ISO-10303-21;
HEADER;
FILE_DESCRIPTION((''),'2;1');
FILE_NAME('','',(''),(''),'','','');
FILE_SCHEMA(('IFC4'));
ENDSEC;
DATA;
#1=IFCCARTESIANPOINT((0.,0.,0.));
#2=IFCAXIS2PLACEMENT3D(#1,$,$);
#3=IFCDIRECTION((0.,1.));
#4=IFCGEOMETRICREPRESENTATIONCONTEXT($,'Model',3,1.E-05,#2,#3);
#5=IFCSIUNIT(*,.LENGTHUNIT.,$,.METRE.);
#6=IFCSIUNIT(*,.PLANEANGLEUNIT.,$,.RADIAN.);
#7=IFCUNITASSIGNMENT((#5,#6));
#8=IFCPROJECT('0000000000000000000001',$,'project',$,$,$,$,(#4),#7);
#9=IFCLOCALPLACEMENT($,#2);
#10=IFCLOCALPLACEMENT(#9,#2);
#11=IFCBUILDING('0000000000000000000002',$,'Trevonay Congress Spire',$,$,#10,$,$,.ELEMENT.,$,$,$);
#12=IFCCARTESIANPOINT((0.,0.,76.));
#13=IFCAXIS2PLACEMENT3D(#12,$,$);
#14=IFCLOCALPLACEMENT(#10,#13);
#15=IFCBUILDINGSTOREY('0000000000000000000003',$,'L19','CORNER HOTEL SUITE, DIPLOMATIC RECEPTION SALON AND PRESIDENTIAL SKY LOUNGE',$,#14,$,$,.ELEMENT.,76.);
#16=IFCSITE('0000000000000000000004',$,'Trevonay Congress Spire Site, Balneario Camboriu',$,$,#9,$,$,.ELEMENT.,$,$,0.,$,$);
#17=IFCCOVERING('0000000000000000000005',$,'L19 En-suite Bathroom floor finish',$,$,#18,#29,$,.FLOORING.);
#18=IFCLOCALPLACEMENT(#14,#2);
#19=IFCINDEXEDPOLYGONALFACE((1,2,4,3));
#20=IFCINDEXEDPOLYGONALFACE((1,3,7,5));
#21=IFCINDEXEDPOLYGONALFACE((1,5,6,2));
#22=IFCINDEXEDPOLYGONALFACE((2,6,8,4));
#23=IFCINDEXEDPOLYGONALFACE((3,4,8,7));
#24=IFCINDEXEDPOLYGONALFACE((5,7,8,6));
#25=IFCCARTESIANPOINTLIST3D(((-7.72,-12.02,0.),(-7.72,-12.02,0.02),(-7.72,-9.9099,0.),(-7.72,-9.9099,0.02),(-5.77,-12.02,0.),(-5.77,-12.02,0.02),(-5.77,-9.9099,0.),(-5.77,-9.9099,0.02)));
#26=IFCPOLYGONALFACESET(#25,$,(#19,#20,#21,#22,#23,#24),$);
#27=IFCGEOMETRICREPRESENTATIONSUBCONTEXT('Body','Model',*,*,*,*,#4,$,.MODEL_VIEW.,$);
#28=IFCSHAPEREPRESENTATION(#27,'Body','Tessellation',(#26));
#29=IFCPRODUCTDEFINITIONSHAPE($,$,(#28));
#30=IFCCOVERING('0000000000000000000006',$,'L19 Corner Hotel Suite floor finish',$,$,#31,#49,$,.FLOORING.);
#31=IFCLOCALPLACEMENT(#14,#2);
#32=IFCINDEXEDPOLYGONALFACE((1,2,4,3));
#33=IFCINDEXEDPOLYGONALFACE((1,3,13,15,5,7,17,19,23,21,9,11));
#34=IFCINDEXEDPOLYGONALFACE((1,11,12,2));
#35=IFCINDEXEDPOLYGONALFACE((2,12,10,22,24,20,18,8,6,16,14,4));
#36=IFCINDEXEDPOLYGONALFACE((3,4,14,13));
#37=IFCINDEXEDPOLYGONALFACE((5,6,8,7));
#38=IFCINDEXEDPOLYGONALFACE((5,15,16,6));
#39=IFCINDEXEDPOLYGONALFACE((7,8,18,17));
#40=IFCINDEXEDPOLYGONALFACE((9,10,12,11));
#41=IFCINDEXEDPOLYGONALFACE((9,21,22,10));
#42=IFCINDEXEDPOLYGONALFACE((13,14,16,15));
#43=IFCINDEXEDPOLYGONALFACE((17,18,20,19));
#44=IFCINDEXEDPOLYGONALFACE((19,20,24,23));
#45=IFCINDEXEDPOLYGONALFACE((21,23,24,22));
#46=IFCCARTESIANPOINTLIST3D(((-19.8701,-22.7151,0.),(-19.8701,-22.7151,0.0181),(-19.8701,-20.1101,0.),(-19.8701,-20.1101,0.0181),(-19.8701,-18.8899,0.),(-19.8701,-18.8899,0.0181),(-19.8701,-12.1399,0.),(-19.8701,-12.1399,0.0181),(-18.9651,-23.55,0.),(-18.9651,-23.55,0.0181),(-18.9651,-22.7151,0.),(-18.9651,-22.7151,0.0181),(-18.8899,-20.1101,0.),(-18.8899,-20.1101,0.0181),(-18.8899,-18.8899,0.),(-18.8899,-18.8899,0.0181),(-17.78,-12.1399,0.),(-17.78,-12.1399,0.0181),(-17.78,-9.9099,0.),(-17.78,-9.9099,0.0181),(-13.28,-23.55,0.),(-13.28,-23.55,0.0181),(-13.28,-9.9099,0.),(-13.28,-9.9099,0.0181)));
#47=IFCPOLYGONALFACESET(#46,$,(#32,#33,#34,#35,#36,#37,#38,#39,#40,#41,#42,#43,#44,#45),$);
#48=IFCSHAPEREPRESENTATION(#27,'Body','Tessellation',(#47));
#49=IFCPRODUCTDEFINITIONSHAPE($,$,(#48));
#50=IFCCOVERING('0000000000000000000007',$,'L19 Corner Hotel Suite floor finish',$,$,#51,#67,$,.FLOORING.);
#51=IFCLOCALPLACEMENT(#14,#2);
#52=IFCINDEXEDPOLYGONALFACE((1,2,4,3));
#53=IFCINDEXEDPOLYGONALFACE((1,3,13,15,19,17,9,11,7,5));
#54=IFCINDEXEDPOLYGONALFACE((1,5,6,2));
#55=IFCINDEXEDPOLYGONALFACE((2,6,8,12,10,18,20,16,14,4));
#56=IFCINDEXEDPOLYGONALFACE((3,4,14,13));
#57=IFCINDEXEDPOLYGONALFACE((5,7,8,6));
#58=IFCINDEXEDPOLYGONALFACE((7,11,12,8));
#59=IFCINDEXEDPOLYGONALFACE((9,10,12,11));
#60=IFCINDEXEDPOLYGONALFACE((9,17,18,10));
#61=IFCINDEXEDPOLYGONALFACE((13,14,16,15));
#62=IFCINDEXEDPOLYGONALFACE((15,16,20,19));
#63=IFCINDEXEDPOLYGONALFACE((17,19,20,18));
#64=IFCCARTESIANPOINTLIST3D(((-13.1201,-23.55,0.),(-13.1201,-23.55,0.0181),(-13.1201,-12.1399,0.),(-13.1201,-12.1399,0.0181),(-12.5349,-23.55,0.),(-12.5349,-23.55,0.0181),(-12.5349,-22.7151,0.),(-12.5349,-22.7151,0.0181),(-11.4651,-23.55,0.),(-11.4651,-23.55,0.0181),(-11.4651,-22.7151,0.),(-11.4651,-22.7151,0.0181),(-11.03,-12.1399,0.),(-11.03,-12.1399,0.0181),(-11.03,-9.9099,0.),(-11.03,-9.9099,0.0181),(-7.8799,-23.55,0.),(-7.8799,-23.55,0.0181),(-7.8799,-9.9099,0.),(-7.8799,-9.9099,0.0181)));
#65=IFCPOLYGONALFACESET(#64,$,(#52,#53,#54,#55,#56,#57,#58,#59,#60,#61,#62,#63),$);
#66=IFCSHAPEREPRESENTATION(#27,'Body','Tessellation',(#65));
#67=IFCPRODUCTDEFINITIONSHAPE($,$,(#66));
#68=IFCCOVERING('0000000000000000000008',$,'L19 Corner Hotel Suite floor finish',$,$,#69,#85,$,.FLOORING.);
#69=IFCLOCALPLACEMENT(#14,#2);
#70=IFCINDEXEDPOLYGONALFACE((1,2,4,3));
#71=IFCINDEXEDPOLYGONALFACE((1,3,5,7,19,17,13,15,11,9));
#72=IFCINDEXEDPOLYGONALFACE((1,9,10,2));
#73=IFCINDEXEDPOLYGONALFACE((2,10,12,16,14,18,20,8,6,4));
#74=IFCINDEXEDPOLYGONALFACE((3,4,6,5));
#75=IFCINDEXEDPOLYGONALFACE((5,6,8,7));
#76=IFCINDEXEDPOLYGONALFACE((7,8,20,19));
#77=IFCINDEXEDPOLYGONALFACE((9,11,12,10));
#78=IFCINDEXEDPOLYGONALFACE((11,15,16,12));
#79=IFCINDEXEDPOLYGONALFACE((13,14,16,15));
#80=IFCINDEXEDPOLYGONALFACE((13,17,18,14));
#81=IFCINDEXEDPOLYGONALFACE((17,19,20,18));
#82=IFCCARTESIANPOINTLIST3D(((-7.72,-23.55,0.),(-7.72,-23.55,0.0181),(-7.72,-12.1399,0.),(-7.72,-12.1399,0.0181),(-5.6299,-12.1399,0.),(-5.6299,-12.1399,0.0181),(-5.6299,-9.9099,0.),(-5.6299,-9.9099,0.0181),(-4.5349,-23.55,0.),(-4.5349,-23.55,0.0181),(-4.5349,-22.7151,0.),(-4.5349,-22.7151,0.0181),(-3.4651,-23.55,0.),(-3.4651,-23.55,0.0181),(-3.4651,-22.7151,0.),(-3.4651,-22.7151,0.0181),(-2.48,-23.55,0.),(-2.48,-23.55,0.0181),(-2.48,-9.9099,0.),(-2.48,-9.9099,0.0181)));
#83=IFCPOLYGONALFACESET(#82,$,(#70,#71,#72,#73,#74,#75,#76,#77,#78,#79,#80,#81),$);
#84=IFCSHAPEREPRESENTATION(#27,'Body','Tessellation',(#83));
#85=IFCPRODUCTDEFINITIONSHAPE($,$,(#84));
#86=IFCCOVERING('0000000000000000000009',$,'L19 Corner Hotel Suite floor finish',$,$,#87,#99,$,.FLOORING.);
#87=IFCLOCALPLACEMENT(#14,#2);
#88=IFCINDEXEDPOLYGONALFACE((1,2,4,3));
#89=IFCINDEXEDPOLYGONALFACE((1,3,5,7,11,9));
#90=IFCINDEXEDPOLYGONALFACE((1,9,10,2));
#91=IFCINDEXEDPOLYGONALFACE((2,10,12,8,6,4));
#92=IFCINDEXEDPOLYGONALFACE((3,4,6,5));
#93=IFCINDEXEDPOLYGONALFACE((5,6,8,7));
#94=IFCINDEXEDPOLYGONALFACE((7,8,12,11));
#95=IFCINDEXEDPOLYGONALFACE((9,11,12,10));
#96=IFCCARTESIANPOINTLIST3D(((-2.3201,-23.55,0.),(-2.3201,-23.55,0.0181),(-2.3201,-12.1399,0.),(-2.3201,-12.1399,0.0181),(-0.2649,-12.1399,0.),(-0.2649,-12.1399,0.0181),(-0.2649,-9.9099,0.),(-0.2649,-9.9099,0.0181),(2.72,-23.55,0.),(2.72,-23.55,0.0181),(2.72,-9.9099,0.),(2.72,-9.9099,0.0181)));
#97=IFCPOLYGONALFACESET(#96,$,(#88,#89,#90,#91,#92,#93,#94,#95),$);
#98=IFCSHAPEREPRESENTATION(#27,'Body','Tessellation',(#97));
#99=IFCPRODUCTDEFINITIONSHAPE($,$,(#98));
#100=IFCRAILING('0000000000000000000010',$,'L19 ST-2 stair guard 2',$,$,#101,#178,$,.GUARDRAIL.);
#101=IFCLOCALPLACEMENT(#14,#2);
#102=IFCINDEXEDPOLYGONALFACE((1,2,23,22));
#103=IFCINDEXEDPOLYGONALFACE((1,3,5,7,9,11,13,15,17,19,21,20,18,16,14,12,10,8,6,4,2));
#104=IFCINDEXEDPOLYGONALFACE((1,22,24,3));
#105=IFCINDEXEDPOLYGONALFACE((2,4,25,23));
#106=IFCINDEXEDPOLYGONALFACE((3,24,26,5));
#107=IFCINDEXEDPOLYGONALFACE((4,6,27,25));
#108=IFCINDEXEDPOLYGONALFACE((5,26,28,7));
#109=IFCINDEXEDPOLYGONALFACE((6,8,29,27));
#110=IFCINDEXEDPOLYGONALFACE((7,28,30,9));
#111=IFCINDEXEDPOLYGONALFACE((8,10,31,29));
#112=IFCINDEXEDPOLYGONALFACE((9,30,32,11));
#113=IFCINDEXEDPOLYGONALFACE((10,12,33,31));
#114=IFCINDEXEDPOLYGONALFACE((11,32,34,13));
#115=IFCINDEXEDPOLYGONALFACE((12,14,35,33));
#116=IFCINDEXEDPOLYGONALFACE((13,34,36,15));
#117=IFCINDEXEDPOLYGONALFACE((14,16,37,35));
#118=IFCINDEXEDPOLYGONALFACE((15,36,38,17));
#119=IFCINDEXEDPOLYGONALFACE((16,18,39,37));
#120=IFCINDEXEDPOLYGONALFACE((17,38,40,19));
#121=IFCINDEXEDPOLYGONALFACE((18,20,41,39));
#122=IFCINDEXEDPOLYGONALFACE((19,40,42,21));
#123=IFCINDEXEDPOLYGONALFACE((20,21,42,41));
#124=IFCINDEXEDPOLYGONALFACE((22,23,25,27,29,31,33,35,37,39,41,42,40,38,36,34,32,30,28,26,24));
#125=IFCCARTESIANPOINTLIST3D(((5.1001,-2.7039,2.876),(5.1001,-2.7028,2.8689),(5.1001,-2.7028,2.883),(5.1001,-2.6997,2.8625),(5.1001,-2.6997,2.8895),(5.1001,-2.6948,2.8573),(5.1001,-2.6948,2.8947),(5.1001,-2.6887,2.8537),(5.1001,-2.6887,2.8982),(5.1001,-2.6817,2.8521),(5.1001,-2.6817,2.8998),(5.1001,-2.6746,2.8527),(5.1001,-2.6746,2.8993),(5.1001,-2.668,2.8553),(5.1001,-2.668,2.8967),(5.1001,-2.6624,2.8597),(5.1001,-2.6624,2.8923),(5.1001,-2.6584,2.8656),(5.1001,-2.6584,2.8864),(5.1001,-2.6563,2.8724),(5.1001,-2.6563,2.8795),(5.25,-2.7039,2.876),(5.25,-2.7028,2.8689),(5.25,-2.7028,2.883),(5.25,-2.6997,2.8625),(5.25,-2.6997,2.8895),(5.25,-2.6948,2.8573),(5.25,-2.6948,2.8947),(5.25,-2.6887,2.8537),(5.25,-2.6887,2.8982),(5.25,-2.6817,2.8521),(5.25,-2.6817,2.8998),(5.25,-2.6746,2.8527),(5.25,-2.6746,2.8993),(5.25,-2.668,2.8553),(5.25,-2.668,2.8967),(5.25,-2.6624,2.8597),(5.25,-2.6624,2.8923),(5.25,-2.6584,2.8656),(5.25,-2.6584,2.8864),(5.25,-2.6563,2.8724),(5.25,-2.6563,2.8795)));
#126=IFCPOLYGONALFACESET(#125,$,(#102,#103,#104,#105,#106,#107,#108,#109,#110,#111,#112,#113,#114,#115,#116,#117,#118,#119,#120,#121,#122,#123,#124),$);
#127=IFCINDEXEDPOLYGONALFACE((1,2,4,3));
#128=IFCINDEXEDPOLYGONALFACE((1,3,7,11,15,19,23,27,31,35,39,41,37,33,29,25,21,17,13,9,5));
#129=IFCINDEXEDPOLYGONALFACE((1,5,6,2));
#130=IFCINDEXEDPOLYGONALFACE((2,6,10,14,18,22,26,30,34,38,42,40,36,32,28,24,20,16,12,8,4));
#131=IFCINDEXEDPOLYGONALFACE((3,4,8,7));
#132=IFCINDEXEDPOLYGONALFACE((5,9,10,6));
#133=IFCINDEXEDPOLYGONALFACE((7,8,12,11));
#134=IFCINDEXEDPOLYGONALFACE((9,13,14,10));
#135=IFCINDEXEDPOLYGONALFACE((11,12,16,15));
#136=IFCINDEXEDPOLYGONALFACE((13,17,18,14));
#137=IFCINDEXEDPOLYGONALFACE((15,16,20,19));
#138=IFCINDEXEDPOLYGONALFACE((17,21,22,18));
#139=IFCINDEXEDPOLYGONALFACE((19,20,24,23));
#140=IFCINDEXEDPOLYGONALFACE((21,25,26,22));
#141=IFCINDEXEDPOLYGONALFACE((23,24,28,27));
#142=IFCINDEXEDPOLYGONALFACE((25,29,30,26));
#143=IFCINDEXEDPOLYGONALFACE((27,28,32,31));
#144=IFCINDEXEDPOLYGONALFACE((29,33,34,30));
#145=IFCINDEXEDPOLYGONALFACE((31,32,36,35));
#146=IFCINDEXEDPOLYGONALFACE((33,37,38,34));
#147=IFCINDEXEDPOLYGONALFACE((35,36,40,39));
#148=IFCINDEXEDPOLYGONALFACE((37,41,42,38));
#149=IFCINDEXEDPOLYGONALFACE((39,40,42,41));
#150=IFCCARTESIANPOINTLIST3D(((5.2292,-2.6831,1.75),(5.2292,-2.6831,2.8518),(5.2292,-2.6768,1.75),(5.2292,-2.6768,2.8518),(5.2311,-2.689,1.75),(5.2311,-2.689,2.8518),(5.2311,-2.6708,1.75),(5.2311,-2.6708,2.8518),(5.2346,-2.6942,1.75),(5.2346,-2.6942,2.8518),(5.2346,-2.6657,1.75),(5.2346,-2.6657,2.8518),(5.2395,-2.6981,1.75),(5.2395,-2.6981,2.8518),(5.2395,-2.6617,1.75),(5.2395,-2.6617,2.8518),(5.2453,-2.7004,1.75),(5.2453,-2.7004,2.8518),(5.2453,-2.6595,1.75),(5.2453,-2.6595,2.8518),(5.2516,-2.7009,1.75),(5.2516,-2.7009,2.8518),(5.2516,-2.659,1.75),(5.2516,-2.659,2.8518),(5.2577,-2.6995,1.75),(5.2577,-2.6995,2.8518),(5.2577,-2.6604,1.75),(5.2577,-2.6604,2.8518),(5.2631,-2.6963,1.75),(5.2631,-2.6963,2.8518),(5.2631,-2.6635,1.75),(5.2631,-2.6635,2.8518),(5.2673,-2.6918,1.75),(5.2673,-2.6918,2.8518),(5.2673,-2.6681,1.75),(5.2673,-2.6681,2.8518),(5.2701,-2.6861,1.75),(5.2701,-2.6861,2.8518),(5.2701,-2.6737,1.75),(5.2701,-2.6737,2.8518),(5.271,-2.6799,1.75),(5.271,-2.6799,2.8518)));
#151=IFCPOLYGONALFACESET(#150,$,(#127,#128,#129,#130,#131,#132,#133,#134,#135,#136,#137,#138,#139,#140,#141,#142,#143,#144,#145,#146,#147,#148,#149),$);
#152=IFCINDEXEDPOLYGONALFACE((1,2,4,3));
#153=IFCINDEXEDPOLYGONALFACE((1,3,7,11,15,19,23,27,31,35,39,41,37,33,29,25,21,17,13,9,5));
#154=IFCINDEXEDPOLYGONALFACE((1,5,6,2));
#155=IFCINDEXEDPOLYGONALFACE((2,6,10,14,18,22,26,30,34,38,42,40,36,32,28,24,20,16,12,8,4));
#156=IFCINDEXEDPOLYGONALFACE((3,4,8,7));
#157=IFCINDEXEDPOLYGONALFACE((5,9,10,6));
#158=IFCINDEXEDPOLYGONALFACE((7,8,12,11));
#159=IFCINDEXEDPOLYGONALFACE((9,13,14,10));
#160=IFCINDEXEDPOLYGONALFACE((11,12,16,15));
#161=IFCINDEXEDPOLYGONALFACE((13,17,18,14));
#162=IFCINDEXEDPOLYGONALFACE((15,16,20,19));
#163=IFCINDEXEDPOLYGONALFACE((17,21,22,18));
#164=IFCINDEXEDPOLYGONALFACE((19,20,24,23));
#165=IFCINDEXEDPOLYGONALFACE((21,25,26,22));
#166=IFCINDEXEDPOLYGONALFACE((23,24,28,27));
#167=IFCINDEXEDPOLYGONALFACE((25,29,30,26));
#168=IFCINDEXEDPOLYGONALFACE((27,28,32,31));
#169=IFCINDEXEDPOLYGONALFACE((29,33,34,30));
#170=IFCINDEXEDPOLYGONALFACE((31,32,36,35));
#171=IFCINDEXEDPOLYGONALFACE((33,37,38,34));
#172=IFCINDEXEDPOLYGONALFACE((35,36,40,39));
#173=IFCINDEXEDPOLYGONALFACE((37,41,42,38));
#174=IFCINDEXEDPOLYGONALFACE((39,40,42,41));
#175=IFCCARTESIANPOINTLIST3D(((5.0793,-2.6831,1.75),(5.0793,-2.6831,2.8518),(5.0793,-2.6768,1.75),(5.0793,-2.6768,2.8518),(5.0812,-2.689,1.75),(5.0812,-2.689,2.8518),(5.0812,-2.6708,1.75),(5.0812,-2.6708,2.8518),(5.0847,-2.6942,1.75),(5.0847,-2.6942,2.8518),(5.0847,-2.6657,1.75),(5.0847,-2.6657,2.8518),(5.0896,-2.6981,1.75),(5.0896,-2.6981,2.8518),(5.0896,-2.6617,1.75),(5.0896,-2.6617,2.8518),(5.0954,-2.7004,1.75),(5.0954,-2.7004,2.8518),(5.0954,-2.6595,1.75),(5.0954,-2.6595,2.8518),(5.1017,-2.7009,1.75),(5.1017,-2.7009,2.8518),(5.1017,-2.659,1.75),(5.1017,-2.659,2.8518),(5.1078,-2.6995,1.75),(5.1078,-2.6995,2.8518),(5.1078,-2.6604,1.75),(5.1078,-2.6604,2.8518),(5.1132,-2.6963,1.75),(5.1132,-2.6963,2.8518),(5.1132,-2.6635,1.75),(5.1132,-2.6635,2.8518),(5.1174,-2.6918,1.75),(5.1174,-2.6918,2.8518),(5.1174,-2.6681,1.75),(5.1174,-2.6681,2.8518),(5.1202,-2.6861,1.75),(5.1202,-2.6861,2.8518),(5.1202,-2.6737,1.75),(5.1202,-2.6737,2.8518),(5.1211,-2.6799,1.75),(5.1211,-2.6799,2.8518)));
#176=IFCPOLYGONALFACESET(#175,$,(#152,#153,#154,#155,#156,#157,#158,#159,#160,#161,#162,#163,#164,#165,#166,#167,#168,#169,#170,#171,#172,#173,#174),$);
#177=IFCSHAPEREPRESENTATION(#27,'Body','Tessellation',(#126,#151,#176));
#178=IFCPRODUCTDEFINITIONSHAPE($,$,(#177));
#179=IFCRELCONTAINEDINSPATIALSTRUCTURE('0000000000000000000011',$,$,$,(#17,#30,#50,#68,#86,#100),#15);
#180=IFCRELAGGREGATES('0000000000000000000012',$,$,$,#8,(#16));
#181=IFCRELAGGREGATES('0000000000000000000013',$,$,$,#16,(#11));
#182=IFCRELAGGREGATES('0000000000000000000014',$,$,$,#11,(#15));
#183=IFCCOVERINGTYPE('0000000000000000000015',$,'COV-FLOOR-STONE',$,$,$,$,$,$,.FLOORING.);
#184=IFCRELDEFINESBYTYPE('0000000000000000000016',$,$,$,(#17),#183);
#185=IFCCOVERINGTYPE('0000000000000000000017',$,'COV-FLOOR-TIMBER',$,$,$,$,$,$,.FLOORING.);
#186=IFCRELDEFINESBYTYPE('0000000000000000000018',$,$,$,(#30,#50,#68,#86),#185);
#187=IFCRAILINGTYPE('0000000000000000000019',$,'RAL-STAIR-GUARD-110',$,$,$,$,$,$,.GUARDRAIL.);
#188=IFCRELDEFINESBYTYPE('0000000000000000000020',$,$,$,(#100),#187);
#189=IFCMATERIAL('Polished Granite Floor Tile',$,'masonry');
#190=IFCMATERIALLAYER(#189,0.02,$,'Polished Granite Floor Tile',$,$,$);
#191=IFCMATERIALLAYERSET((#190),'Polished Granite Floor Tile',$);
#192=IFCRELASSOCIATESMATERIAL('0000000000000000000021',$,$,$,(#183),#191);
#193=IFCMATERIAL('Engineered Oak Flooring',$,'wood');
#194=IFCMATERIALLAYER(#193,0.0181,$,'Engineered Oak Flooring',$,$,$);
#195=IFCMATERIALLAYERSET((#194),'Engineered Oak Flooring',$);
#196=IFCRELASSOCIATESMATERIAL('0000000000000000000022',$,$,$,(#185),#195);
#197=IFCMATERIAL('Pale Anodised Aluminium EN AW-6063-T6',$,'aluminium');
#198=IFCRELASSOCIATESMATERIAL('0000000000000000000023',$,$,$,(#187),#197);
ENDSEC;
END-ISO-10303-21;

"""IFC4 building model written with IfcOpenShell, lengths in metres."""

from ifc_helpers import new_model, si_unit, direction, frame, origin, origin_2d, place, context, subcontext, project, spatial, polyline, circle, outline, extrude, material, layer, layer_set, type_object, element, save


model = new_model("IFC4")

# Units and contexts
model_context = context("Model", 3, precision=1e-05, world=origin(), true_north=direction((0.0, 1.0)))
body_context = subcontext(model_context, "Body", "Model", "MODEL_VIEW")
ifc_project = project(units=[si_unit("LENGTHUNIT", "METRE"), si_unit("PLANEANGLEUNIT", "RADIAN")], contexts=[model_context])

# Site, building, storey
site_placement = place(None, origin())
site = spatial("IfcSite", under=ifc_project, at=site_placement, Name="Trevonay Congress Spire Site, Balneario Camboriu", CompositionType="ELEMENT", RefElevation=0.0)
building_placement = place(site_placement, origin())
building = spatial("IfcBuilding", under=site, at=building_placement, Name="Trevonay Congress Spire", CompositionType="ELEMENT")
storey_placement = place(building_placement, frame((0.0, 0.0, 76.0)))
storey = spatial("IfcBuildingStorey", under=building, at=storey_placement, Name="L19", Description="CORNER HOTEL SUITE, DIPLOMATIC RECEPTION SALON AND PRESIDENTIAL SKY LOUNGE", CompositionType="ELEMENT", Elevation=76.0)

# Coverings
ifc_material_1 = material(Name="Polished Granite Floor Tile", Category="masonry")
ifc_layer_1 = layer(ifc_material_1, 0.02, Name="Polished Granite Floor Tile")
ifc_layer_set_1 = layer_set([ifc_layer_1], Name="Polished Granite Floor Tile")
covering_type_1 = type_object("IfcCoveringType", Name="COV-FLOOR-STONE", PredefinedType="FLOORING", material=ifc_layer_set_1)
covering_1_placement = place(storey_placement, origin())
element("IfcCovering", 1, at=covering_1_placement, inside=storey, type_object=covering_type_1, Name="L19 En-suite Bathroom floor finish", PredefinedType="FLOORING", context=body_context, shape_type="SweptSolid", body=[
    extrude(outline(polyline([(-7.72, -12.02), (-5.77, -12.02), (-5.77, -9.9099), (-7.72, -9.9099), (-7.72, -12.02)])), origin(), (0.0, 0.0, 1.0), 0.02),
])
ifc_material_2 = material(Name="Engineered Oak Flooring", Category="wood")
ifc_layer_2 = layer(ifc_material_2, 0.0181, Name="Engineered Oak Flooring")
ifc_layer_set_2 = layer_set([ifc_layer_2], Name="Engineered Oak Flooring")
covering_type_2 = type_object("IfcCoveringType", Name="COV-FLOOR-TIMBER", PredefinedType="FLOORING", material=ifc_layer_set_2)
covering_2_placement = place(storey_placement, origin())
element("IfcCovering", 2, at=covering_2_placement, inside=storey, type_object=covering_type_2, Name="L19 Corner Hotel Suite floor finish", PredefinedType="FLOORING", context=body_context, shape_type="SweptSolid", body=[
    extrude(outline(polyline([(-19.8701, -12.1399), (-17.78, -12.1399), (-17.78, -9.9099), (-13.28, -9.9099), (-13.28, -23.55), (-18.9651, -23.55), (-18.9651, -22.7151), (-19.8701, -22.7151), (-19.8701, -20.1101), (-18.8899, -20.1101), (-18.8899, -18.8899), (-19.8701, -18.8899), (-19.8701, -12.1399)])), origin(), (0.0, 0.0, 1.0), 0.0181),
])
covering_3_placement = place(storey_placement, origin())
element("IfcCovering", 3, at=covering_3_placement, inside=storey, type_object=covering_type_2, Name="L19 Corner Hotel Suite floor finish", PredefinedType="FLOORING", context=body_context, shape_type="SweptSolid", body=[
    extrude(outline(polyline([(-13.1201, -23.55), (-13.1201, -12.1399), (-11.03, -12.1399), (-11.03, -9.9099), (-7.8799, -9.9099), (-7.8799, -23.55), (-11.4651, -23.55), (-11.4651, -22.7151), (-12.5349, -22.7151), (-12.5349, -23.55), (-13.1201, -23.55)])), origin(), (0.0, 0.0, 1.0), 0.0181),
])
covering_4_placement = place(storey_placement, origin())
element("IfcCovering", 4, at=covering_4_placement, inside=storey, type_object=covering_type_2, Name="L19 Corner Hotel Suite floor finish", PredefinedType="FLOORING", context=body_context, shape_type="SweptSolid", body=[
    extrude(outline(polyline([(-7.72, -23.55), (-7.72, -12.1399), (-5.6299, -12.1399), (-5.6299, -9.9099), (-2.48, -9.9099), (-2.48, -23.55), (-3.4651, -23.55), (-3.4651, -22.7151), (-4.5349, -22.7151), (-4.5349, -23.55), (-7.72, -23.55)])), origin(), (0.0, 0.0, 1.0), 0.0181),
])
covering_5_placement = place(storey_placement, origin())
element("IfcCovering", 5, at=covering_5_placement, inside=storey, type_object=covering_type_2, Name="L19 Corner Hotel Suite floor finish", PredefinedType="FLOORING", context=body_context, shape_type="SweptSolid", body=[
    extrude(outline(polyline([(-2.3201, -23.55), (2.72, -23.55), (2.72, -9.9099), (-0.2649, -9.9099), (-0.2649, -12.1399), (-2.3201, -12.1399), (-2.3201, -23.55)])), origin(), (0.0, 0.0, 1.0), 0.0181),
])

# Railing
ifc_material_3 = material(Name="Pale Anodised Aluminium EN AW-6063-T6", Category="aluminium")
railing_type_1 = type_object("IfcRailingType", Name="RAL-STAIR-GUARD-110", PredefinedType="GUARDRAIL", material=ifc_material_3)
railing_1_placement = place(storey_placement, frame((5.25, -2.6799, 1.75)))
element("IfcRailing", 6, at=railing_1_placement, inside=storey, type_object=railing_type_1, Name="L19 ST-2 stair guard 2", PredefinedType="GUARDRAIL", context=body_context, shape_type="SweptSolid", body=[
    extrude(circle(Radius=0.0239, at=origin_2d()), frame((0.0, 0.0, 1.126), z_axis=(-1.0, 0.0, 0.0), x_axis=(0.0, -1.0, 0.0)), (0.0, 0.0, 1.0), 0.1499),
    extrude(circle(Radius=0.021, at=origin_2d()), origin(), (0.0, 0.0, 1.0), 1.1018),
    extrude(circle(Radius=0.021, at=origin_2d()), frame((-0.1499, 0.0, 0.0)), (0.0, 0.0, 1.0), 1.1018),
])

save(model, "model.ifc")
